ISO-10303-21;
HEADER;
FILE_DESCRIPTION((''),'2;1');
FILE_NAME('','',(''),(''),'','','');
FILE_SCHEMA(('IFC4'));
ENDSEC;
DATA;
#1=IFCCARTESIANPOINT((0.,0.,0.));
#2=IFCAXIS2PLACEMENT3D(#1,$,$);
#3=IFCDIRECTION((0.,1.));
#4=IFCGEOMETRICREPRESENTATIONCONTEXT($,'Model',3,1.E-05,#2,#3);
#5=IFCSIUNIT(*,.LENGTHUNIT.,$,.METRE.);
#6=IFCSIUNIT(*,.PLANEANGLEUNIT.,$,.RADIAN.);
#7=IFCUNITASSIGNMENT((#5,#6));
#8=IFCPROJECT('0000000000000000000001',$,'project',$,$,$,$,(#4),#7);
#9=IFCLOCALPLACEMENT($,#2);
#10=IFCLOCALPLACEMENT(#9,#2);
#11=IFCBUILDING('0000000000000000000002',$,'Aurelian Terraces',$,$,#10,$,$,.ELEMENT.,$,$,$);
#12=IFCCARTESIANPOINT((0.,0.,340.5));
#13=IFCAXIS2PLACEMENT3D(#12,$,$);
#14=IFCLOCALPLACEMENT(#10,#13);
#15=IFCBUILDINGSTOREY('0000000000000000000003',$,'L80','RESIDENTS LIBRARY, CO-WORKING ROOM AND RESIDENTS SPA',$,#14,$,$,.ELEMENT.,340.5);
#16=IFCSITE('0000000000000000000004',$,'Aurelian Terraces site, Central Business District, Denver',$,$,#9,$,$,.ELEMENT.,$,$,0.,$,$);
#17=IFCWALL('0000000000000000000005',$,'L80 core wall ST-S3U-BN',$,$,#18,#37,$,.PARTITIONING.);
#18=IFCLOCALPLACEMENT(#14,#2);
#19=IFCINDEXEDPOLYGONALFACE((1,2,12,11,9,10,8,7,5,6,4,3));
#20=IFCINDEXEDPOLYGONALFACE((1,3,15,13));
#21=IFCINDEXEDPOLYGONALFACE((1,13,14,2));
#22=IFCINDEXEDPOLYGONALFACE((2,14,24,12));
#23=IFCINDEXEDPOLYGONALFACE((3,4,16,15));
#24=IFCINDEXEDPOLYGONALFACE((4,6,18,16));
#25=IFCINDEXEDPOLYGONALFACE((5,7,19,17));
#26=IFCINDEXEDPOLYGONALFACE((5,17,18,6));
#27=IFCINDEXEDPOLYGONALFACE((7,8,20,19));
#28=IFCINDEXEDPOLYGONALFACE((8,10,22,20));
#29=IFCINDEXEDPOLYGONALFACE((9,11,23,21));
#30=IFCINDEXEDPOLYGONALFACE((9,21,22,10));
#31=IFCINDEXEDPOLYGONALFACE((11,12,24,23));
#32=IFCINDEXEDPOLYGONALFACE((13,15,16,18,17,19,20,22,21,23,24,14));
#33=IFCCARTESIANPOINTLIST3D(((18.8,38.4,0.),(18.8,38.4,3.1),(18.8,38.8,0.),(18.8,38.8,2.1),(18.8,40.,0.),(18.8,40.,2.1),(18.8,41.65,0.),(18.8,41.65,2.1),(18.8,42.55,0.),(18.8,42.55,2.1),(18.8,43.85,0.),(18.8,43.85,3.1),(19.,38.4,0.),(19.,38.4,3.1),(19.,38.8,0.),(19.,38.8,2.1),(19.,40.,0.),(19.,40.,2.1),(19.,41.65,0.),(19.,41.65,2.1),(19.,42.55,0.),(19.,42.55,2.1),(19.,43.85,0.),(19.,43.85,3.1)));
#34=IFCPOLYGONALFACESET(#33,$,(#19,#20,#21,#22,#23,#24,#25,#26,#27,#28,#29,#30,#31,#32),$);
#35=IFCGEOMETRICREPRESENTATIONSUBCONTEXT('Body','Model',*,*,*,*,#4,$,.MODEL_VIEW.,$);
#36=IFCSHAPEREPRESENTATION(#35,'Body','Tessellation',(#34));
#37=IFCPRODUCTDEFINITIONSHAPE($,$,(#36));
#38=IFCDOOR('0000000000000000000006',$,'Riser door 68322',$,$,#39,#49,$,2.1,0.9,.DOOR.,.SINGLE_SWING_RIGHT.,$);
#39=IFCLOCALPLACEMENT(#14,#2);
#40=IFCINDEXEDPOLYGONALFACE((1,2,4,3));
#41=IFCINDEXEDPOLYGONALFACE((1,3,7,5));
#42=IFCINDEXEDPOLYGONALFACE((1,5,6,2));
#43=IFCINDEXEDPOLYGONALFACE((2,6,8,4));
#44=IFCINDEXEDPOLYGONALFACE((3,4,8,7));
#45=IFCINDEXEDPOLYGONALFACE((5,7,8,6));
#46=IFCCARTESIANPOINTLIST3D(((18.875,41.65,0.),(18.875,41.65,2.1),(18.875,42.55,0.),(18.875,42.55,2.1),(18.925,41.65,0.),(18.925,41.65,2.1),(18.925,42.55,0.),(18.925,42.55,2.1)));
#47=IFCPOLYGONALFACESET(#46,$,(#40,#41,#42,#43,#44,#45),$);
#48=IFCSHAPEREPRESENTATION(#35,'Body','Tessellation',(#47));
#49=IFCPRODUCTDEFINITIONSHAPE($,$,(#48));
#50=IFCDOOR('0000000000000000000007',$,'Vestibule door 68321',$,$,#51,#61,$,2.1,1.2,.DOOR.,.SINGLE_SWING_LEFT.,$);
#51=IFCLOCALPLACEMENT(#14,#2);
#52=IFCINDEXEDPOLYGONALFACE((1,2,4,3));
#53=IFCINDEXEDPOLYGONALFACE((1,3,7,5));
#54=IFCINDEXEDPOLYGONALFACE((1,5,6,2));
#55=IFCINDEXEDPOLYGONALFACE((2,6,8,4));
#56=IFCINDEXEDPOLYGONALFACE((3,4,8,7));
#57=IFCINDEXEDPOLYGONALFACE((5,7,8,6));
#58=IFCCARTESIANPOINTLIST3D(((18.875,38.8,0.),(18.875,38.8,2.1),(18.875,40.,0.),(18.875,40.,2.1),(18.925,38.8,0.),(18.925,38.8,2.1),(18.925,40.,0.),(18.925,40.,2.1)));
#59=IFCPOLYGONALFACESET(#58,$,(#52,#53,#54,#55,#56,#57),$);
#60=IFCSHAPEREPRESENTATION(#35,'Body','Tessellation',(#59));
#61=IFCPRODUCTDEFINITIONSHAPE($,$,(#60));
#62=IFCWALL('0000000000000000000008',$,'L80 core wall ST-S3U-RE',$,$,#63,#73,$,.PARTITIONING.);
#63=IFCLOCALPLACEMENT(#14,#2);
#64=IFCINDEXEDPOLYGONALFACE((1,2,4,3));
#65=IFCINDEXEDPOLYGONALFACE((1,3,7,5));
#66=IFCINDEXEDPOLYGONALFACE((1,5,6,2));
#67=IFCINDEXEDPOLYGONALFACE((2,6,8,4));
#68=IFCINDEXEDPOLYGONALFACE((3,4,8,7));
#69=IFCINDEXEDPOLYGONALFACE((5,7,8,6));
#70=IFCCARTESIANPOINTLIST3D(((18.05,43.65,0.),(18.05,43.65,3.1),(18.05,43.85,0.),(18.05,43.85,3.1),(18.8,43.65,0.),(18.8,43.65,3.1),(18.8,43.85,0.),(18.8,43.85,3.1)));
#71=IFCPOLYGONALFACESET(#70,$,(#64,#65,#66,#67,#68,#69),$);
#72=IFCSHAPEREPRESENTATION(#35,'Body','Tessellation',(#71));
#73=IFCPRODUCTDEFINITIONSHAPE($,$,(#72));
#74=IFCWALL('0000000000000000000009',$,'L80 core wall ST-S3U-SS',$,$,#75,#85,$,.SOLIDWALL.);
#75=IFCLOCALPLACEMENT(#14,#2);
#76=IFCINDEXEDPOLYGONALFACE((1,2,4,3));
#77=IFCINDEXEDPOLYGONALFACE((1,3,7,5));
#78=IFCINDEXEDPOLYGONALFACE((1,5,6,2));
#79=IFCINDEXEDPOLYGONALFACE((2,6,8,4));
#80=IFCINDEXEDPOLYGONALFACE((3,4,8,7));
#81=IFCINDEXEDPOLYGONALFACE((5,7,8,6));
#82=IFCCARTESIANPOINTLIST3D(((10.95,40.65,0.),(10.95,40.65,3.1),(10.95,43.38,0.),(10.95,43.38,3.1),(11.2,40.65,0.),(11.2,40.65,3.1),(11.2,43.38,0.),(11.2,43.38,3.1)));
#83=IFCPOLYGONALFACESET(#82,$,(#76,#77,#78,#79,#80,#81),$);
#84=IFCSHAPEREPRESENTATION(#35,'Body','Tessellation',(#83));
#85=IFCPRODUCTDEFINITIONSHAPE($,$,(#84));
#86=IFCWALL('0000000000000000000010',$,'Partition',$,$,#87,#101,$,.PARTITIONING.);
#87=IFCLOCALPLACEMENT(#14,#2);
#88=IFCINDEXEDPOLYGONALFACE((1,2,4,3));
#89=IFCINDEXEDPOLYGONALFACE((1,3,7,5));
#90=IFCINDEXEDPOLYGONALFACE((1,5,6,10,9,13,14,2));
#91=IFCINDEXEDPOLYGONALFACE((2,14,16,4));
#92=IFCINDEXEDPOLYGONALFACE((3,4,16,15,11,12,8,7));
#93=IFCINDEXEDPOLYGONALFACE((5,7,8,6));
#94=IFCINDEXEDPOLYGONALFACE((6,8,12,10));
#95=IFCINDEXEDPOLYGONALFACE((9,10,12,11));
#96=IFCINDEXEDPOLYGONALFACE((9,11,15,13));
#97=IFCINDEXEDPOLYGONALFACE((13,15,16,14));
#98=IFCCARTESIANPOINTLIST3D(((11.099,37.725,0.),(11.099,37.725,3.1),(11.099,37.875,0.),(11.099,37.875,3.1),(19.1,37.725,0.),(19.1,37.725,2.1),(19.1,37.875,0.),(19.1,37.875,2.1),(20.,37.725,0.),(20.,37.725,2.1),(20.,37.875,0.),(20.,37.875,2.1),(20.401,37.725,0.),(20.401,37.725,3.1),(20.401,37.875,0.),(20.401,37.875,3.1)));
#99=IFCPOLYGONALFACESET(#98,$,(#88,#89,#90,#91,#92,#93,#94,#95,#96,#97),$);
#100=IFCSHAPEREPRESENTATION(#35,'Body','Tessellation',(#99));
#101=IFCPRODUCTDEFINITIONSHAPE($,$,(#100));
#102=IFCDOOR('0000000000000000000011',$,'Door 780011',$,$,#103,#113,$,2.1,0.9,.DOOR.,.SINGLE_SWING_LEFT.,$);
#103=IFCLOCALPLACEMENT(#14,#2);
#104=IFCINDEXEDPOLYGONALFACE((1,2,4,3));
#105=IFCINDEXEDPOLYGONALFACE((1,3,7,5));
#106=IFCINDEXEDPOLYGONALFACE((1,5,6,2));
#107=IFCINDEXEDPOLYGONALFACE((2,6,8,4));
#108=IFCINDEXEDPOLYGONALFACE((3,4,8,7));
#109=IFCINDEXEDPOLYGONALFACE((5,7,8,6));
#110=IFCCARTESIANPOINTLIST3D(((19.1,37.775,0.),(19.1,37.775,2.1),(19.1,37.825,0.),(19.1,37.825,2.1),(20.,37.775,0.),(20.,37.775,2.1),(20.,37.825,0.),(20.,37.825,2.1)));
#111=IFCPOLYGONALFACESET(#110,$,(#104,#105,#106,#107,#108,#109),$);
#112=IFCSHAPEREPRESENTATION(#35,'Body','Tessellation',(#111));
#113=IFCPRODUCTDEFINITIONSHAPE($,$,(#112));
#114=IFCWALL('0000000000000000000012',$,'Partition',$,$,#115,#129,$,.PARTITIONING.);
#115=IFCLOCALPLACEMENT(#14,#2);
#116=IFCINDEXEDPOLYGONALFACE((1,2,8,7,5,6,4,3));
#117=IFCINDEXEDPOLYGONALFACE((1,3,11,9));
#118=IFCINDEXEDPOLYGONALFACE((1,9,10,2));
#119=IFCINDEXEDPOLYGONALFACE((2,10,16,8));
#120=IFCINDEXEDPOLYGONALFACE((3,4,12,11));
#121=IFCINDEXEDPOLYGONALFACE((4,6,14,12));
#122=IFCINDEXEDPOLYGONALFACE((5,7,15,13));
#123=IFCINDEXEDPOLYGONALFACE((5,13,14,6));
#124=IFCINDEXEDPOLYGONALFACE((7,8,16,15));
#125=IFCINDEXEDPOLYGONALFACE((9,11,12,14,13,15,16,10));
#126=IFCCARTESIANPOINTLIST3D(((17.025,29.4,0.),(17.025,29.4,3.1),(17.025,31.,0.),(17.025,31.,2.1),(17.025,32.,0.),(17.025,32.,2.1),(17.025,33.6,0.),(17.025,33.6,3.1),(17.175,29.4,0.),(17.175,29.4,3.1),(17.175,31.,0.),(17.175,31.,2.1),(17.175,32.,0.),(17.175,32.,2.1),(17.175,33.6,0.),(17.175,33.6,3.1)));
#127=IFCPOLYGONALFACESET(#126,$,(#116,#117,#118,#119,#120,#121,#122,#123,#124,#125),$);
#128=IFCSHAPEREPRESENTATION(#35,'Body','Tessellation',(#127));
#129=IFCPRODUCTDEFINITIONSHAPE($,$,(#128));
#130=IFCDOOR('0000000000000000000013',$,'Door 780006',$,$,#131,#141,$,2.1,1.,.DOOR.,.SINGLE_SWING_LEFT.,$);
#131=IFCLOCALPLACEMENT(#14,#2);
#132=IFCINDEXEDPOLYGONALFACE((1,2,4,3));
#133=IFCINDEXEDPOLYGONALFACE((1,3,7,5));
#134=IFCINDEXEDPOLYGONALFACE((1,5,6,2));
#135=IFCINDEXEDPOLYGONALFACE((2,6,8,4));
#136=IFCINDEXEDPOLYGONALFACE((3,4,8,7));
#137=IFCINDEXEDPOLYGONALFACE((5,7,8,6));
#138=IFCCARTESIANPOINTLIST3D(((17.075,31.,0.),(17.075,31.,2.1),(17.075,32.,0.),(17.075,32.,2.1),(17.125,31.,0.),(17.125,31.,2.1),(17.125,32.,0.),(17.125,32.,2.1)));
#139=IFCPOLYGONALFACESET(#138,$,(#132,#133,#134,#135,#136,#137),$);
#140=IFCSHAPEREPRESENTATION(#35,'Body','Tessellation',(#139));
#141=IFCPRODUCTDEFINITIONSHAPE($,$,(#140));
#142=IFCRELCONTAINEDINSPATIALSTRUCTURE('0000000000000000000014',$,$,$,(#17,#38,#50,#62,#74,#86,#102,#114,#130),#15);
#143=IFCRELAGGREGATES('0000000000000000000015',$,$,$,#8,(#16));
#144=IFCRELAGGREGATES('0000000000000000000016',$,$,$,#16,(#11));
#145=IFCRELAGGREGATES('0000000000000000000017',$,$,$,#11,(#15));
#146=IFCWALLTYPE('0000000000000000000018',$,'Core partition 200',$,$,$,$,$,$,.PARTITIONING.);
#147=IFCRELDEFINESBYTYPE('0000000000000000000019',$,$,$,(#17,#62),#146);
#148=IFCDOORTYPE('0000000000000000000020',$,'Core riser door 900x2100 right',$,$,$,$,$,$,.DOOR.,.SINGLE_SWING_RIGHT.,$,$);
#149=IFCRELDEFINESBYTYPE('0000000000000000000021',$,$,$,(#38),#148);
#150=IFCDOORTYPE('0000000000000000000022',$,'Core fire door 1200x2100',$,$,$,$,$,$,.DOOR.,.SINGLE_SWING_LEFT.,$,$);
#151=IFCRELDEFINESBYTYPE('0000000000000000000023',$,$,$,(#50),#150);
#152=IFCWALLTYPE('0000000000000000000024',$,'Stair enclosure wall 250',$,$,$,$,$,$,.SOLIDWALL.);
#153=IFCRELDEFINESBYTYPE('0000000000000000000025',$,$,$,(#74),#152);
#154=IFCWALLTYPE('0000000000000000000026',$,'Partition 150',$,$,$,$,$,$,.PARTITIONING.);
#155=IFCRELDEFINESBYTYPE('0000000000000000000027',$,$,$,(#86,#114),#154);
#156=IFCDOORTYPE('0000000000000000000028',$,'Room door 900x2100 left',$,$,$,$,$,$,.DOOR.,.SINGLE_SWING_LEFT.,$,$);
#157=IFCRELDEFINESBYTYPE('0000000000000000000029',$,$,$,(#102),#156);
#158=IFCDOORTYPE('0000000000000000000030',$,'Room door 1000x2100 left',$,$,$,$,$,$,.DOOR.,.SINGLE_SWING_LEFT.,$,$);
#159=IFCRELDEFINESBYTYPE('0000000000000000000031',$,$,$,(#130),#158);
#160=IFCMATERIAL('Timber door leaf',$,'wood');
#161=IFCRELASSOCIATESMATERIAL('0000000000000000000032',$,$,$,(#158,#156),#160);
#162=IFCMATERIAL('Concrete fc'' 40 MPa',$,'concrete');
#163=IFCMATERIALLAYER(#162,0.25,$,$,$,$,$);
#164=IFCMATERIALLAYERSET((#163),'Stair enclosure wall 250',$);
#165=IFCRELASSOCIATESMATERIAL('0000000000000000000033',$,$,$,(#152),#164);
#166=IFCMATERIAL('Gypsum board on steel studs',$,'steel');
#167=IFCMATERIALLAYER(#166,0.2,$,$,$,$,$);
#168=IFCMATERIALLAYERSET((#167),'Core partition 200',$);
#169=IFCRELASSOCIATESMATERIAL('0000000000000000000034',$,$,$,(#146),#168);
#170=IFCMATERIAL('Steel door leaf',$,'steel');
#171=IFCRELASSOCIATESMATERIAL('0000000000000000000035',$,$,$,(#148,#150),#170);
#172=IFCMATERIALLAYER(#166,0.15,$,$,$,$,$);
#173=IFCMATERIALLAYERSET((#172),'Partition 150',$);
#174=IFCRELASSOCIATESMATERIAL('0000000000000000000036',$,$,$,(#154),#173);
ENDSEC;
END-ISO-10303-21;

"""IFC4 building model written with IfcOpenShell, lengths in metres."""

from ifc_helpers import new_model, si_unit, direction, frame, frame_2d, origin, place, context, subcontext, project, spatial, rectangle, extrude, source, transform, mapped, material, layer, layer_set, type_object, element, fill, save


model = new_model("IFC4")

# Units and contexts
model_context = context("Model", 3, precision=1e-05, world=origin(), true_north=direction((0.0, 1.0)))
body_context = subcontext(model_context, "Body", "Model", "MODEL_VIEW")
ifc_project = project(units=[si_unit("LENGTHUNIT", "METRE"), si_unit("PLANEANGLEUNIT", "RADIAN")], contexts=[model_context])

# Site, building, storey
site_placement = place(None, origin())
site = spatial("IfcSite", under=ifc_project, at=site_placement, Name="Aurelian Terraces site, Central Business District, Denver", CompositionType="ELEMENT", RefElevation=0.0)
building_placement = place(site_placement, origin())
building = spatial("IfcBuilding", under=site, at=building_placement, Name="Aurelian Terraces", CompositionType="ELEMENT")
storey_placement = place(building_placement, frame((0.0, 0.0, 340.5)))
storey = spatial("IfcBuildingStorey", under=building, at=storey_placement, Name="L80", Description="RESIDENTS LIBRARY, CO-WORKING ROOM AND RESIDENTS SPA", CompositionType="ELEMENT", Elevation=340.5)

# Shared definitions
ifc_material_1 = material(Name="Concrete fc' 40 MPa", Category="concrete")

# Shared definitions
ifc_material_2 = material(Name="Timber door leaf", Category="wood")
door_type_1 = type_object("IfcDoorType", Name="Room door 1000x2100 left", OperationType="SINGLE_SWING_LEFT", PredefinedType="DOOR", material=ifc_material_2)
shared_shape_1 = source(origin(), body_context, "Body", "SweptSolid", [
    extrude(rectangle(XDim=1.0, YDim=2.1, at=frame_2d((0.5, 1.05))), frame((0.0, 0.025, 0.0), z_axis=(0.0, -1.0, 0.0), x_axis=(1.0, 0.0, 0.0)), (0.0, 0.0, 1.0), 0.05),
])

# Shared definitions
ifc_layer_1 = layer(ifc_material_1, 0.25)
ifc_layer_set_1 = layer_set([ifc_layer_1], Name="Stair enclosure wall 250")
wall_type_1 = type_object("IfcWallType", Name="Stair enclosure wall 250", PredefinedType="SOLIDWALL", material=ifc_layer_set_1)

# Wall, openings, doors
ifc_material_3 = material(Name="Gypsum board on steel studs", Category="steel")
ifc_layer_2 = layer(ifc_material_3, 0.2)
ifc_layer_set_2 = layer_set([ifc_layer_2], Name="Core partition 200")
wall_type_2 = type_object("IfcWallType", Name="Core partition 200", PredefinedType="PARTITIONING", material=ifc_layer_set_2)
shared_shape_2 = source(origin(), body_context, "Body", "SweptSolid", [
    extrude(rectangle(XDim=5.45, YDim=0.2, at=frame_2d((2.725, 0.0))), origin(), (0.0, 0.0, 1.0), 3.1),
])
wall_1_placement = place(storey_placement, frame((18.9, 38.4, 0.0), z_axis=(0.0, 0.0, 1.0), x_axis=(0.0, 1.0, 0.0)))
wall_1 = element("IfcWall", 1, at=wall_1_placement, inside=storey, type_object=wall_type_2, Name="L80 core wall ST-S3U-BN", PredefinedType="PARTITIONING", context=body_context, shape_type="MappedRepresentation", body=[
    mapped(shared_shape_2, transform((0.0, 0.0, 0.0), scale=1.0)),
])
shared_shape_3 = source(origin(), body_context, "Body", "SweptSolid", [
    extrude(rectangle(XDim=1.2, YDim=2.1, at=frame_2d((0.6, 1.05))), frame((0.0, 0.11, 0.0), z_axis=(0.0, -1.0, 0.0), x_axis=(1.0, 0.0, 0.0)), (0.0, 0.0, 1.0), 0.22),
])
opening_1_placement = place(wall_1_placement, frame((0.4, 0.0, 0.0)))
opening_1 = element("IfcOpeningElement", 2, at=opening_1_placement, cuts=wall_1, PredefinedType="OPENING", context=body_context, shape_type="MappedRepresentation", body=[
    mapped(shared_shape_3, transform((0.0, 0.0, 0.0), scale=1.0)),
])
shared_shape_4 = source(origin(), body_context, "Body", "SweptSolid", [
    extrude(rectangle(XDim=0.9, YDim=2.1, at=frame_2d((0.45, 1.05))), frame((0.0, 0.11, 0.0), z_axis=(0.0, -1.0, 0.0), x_axis=(1.0, 0.0, 0.0)), (0.0, 0.0, 1.0), 0.22),
])
opening_2_placement = place(wall_1_placement, frame((3.25, 0.0, 0.0)))
opening_2 = element("IfcOpeningElement", 3, at=opening_2_placement, cuts=wall_1, PredefinedType="OPENING", context=body_context, shape_type="MappedRepresentation", body=[
    mapped(shared_shape_4, transform((0.0, 0.0, 0.0), scale=1.0)),
])
ifc_material_4 = material(Name="Steel door leaf", Category="steel")
door_type_2 = type_object("IfcDoorType", Name="Core riser door 900x2100 right", OperationType="SINGLE_SWING_RIGHT", PredefinedType="DOOR", material=ifc_material_4)
shared_shape_5 = source(origin(), body_context, "Body", "SweptSolid", [
    extrude(rectangle(XDim=0.9, YDim=2.1, at=frame_2d((0.45, 1.05))), frame((0.0, 0.025, 0.0), z_axis=(0.0, -1.0, 0.0), x_axis=(1.0, 0.0, 0.0)), (0.0, 0.0, 1.0), 0.05),
])
door_1_placement = place(opening_2_placement, origin())
door_1 = element("IfcDoor", 4, at=door_1_placement, inside=storey, type_object=door_type_2, Name="Riser door 68322", OperationType="SINGLE_SWING_RIGHT", OverallHeight=2.1, OverallWidth=0.9, PredefinedType="DOOR", context=body_context, shape_type="MappedRepresentation", body=[
    mapped(shared_shape_5, transform((0.0, 0.0, 0.0), scale=1.0)),
])
fill(opening_2, door_1)
door_type_3 = type_object("IfcDoorType", Name="Core fire door 1200x2100", OperationType="SINGLE_SWING_LEFT", PredefinedType="DOOR", material=ifc_material_4)
shared_shape_6 = source(origin(), body_context, "Body", "SweptSolid", [
    extrude(rectangle(XDim=1.2, YDim=2.1, at=frame_2d((0.6, 1.05))), frame((0.0, 0.025, 0.0), z_axis=(0.0, -1.0, 0.0), x_axis=(1.0, 0.0, 0.0)), (0.0, 0.0, 1.0), 0.05),
])
door_2_placement = place(opening_1_placement, origin())
door_2 = element("IfcDoor", 5, at=door_2_placement, inside=storey, type_object=door_type_3, Name="Vestibule door 68321", OperationType="SINGLE_SWING_LEFT", OverallHeight=2.1, OverallWidth=1.2, PredefinedType="DOOR", context=body_context, shape_type="MappedRepresentation", body=[
    mapped(shared_shape_6, transform((0.0, 0.0, 0.0), scale=1.0)),
])
fill(opening_1, door_2)

# Walls
shared_shape_7 = source(origin(), body_context, "Body", "SweptSolid", [
    extrude(rectangle(XDim=0.75, YDim=0.2, at=frame_2d((0.375, 0.0))), origin(), (0.0, 0.0, 1.0), 3.1),
])
wall_2_placement = place(storey_placement, frame((18.05, 43.75, 0.0), z_axis=(0.0, 0.0, 1.0), x_axis=(1.0, 0.0, 0.0)))
element("IfcWall", 6, at=wall_2_placement, inside=storey, type_object=wall_type_2, Name="L80 core wall ST-S3U-RE", PredefinedType="PARTITIONING", context=body_context, shape_type="MappedRepresentation", body=[
    mapped(shared_shape_7, transform((0.0, 0.0, 0.0), scale=1.0)),
])
shared_shape_8 = source(origin(), body_context, "Body", "SweptSolid", [
    extrude(rectangle(XDim=2.73, YDim=0.25, at=frame_2d((1.365, 0.0))), origin(), (0.0, 0.0, 1.0), 3.1),
])
wall_3_placement = place(storey_placement, frame((11.075, 40.65, 0.0), z_axis=(0.0, 0.0, 1.0), x_axis=(0.0, 1.0, 0.0)))
element("IfcWall", 7, at=wall_3_placement, inside=storey, type_object=wall_type_1, Name="L80 core wall ST-S3U-SS", PredefinedType="SOLIDWALL", context=body_context, shape_type="MappedRepresentation", body=[
    mapped(shared_shape_8, transform((0.0, 0.0, 0.0), scale=1.0)),
])

# Walls, openings, doors
ifc_layer_3 = layer(ifc_material_3, 0.15)
ifc_layer_set_3 = layer_set([ifc_layer_3], Name="Partition 150")
wall_type_3 = type_object("IfcWallType", Name="Partition 150", PredefinedType="PARTITIONING", material=ifc_layer_set_3)
shared_shape_9 = source(origin(), body_context, "Body", "SweptSolid", [
    extrude(rectangle(XDim=9.302, YDim=0.15, at=frame_2d((4.651, 0.0))), origin(), (0.0, 0.0, 1.0), 3.1),
])
wall_4_placement = place(storey_placement, frame((20.401, 37.8, 0.0), z_axis=(0.0, 0.0, 1.0), x_axis=(-1.0, 0.0, 0.0)))
wall_4 = element("IfcWall", 8, at=wall_4_placement, inside=storey, type_object=wall_type_3, Name="Partition", PredefinedType="PARTITIONING", context=body_context, shape_type="MappedRepresentation", body=[
    mapped(shared_shape_9, transform((0.0, 0.0, 0.0), scale=1.0)),
])
shared_shape_10 = source(origin(), body_context, "Body", "SweptSolid", [
    extrude(rectangle(XDim=0.9, YDim=2.1, at=frame_2d((0.45, 1.05))), frame((0.0, 0.085, 0.0), z_axis=(0.0, -1.0, 0.0), x_axis=(1.0, 0.0, 0.0)), (0.0, 0.0, 1.0), 0.17),
])
opening_3_placement = place(wall_4_placement, frame((0.401, 0.0, 0.0)))
opening_3 = element("IfcOpeningElement", 9, at=opening_3_placement, cuts=wall_4, PredefinedType="OPENING", context=body_context, shape_type="MappedRepresentation", body=[
    mapped(shared_shape_10, transform((0.0, 0.0, 0.0), scale=1.0)),
])
door_type_4 = type_object("IfcDoorType", Name="Room door 900x2100 left", OperationType="SINGLE_SWING_LEFT", PredefinedType="DOOR", material=ifc_material_2)
door_3_placement = place(opening_3_placement, origin())
door_3 = element("IfcDoor", 10, at=door_3_placement, inside=storey, type_object=door_type_4, Name="Door 780011", OperationType="SINGLE_SWING_LEFT", OverallHeight=2.1, OverallWidth=0.9, PredefinedType="DOOR", context=body_context, shape_type="MappedRepresentation", body=[
    mapped(shared_shape_5, transform((0.0, 0.0, 0.0), scale=1.0)),
])
fill(opening_3, door_3)
shared_shape_11 = source(origin(), body_context, "Body", "SweptSolid", [
    extrude(rectangle(XDim=4.2, YDim=0.15, at=frame_2d((2.1, 0.0))), origin(), (0.0, 0.0, 1.0), 3.1),
])
wall_5_placement = place(storey_placement, frame((17.1, 33.6, 0.0), z_axis=(0.0, 0.0, 1.0), x_axis=(0.0, -1.0, 0.0)))
wall_5 = element("IfcWall", 11, at=wall_5_placement, inside=storey, type_object=wall_type_3, Name="Partition", PredefinedType="PARTITIONING", context=body_context, shape_type="MappedRepresentation", body=[
    mapped(shared_shape_11, transform((0.0, 0.0, 0.0), scale=1.0)),
])
shared_shape_12 = source(origin(), body_context, "Body", "SweptSolid", [
    extrude(rectangle(XDim=1.0, YDim=2.1, at=frame_2d((0.5, 1.05))), frame((0.0, 0.085, 0.0), z_axis=(0.0, -1.0, 0.0), x_axis=(1.0, 0.0, 0.0)), (0.0, 0.0, 1.0), 0.17),
])
opening_4_placement = place(wall_5_placement, frame((1.6, 0.0, 0.0)))
opening_4 = element("IfcOpeningElement", 12, at=opening_4_placement, cuts=wall_5, PredefinedType="OPENING", context=body_context, shape_type="MappedRepresentation", body=[
    mapped(shared_shape_12, transform((0.0, 0.0, 0.0), scale=1.0)),
])
door_4_placement = place(opening_4_placement, origin())
door_4 = element("IfcDoor", 13, at=door_4_placement, inside=storey, type_object=door_type_1, Name="Door 780006", OperationType="SINGLE_SWING_LEFT", OverallHeight=2.1, OverallWidth=1.0, PredefinedType="DOOR", context=body_context, shape_type="MappedRepresentation", body=[
    mapped(shared_shape_1, transform((0.0, 0.0, 0.0), scale=1.0)),
])
fill(opening_4, door_4)

save(model, "model.ifc")
